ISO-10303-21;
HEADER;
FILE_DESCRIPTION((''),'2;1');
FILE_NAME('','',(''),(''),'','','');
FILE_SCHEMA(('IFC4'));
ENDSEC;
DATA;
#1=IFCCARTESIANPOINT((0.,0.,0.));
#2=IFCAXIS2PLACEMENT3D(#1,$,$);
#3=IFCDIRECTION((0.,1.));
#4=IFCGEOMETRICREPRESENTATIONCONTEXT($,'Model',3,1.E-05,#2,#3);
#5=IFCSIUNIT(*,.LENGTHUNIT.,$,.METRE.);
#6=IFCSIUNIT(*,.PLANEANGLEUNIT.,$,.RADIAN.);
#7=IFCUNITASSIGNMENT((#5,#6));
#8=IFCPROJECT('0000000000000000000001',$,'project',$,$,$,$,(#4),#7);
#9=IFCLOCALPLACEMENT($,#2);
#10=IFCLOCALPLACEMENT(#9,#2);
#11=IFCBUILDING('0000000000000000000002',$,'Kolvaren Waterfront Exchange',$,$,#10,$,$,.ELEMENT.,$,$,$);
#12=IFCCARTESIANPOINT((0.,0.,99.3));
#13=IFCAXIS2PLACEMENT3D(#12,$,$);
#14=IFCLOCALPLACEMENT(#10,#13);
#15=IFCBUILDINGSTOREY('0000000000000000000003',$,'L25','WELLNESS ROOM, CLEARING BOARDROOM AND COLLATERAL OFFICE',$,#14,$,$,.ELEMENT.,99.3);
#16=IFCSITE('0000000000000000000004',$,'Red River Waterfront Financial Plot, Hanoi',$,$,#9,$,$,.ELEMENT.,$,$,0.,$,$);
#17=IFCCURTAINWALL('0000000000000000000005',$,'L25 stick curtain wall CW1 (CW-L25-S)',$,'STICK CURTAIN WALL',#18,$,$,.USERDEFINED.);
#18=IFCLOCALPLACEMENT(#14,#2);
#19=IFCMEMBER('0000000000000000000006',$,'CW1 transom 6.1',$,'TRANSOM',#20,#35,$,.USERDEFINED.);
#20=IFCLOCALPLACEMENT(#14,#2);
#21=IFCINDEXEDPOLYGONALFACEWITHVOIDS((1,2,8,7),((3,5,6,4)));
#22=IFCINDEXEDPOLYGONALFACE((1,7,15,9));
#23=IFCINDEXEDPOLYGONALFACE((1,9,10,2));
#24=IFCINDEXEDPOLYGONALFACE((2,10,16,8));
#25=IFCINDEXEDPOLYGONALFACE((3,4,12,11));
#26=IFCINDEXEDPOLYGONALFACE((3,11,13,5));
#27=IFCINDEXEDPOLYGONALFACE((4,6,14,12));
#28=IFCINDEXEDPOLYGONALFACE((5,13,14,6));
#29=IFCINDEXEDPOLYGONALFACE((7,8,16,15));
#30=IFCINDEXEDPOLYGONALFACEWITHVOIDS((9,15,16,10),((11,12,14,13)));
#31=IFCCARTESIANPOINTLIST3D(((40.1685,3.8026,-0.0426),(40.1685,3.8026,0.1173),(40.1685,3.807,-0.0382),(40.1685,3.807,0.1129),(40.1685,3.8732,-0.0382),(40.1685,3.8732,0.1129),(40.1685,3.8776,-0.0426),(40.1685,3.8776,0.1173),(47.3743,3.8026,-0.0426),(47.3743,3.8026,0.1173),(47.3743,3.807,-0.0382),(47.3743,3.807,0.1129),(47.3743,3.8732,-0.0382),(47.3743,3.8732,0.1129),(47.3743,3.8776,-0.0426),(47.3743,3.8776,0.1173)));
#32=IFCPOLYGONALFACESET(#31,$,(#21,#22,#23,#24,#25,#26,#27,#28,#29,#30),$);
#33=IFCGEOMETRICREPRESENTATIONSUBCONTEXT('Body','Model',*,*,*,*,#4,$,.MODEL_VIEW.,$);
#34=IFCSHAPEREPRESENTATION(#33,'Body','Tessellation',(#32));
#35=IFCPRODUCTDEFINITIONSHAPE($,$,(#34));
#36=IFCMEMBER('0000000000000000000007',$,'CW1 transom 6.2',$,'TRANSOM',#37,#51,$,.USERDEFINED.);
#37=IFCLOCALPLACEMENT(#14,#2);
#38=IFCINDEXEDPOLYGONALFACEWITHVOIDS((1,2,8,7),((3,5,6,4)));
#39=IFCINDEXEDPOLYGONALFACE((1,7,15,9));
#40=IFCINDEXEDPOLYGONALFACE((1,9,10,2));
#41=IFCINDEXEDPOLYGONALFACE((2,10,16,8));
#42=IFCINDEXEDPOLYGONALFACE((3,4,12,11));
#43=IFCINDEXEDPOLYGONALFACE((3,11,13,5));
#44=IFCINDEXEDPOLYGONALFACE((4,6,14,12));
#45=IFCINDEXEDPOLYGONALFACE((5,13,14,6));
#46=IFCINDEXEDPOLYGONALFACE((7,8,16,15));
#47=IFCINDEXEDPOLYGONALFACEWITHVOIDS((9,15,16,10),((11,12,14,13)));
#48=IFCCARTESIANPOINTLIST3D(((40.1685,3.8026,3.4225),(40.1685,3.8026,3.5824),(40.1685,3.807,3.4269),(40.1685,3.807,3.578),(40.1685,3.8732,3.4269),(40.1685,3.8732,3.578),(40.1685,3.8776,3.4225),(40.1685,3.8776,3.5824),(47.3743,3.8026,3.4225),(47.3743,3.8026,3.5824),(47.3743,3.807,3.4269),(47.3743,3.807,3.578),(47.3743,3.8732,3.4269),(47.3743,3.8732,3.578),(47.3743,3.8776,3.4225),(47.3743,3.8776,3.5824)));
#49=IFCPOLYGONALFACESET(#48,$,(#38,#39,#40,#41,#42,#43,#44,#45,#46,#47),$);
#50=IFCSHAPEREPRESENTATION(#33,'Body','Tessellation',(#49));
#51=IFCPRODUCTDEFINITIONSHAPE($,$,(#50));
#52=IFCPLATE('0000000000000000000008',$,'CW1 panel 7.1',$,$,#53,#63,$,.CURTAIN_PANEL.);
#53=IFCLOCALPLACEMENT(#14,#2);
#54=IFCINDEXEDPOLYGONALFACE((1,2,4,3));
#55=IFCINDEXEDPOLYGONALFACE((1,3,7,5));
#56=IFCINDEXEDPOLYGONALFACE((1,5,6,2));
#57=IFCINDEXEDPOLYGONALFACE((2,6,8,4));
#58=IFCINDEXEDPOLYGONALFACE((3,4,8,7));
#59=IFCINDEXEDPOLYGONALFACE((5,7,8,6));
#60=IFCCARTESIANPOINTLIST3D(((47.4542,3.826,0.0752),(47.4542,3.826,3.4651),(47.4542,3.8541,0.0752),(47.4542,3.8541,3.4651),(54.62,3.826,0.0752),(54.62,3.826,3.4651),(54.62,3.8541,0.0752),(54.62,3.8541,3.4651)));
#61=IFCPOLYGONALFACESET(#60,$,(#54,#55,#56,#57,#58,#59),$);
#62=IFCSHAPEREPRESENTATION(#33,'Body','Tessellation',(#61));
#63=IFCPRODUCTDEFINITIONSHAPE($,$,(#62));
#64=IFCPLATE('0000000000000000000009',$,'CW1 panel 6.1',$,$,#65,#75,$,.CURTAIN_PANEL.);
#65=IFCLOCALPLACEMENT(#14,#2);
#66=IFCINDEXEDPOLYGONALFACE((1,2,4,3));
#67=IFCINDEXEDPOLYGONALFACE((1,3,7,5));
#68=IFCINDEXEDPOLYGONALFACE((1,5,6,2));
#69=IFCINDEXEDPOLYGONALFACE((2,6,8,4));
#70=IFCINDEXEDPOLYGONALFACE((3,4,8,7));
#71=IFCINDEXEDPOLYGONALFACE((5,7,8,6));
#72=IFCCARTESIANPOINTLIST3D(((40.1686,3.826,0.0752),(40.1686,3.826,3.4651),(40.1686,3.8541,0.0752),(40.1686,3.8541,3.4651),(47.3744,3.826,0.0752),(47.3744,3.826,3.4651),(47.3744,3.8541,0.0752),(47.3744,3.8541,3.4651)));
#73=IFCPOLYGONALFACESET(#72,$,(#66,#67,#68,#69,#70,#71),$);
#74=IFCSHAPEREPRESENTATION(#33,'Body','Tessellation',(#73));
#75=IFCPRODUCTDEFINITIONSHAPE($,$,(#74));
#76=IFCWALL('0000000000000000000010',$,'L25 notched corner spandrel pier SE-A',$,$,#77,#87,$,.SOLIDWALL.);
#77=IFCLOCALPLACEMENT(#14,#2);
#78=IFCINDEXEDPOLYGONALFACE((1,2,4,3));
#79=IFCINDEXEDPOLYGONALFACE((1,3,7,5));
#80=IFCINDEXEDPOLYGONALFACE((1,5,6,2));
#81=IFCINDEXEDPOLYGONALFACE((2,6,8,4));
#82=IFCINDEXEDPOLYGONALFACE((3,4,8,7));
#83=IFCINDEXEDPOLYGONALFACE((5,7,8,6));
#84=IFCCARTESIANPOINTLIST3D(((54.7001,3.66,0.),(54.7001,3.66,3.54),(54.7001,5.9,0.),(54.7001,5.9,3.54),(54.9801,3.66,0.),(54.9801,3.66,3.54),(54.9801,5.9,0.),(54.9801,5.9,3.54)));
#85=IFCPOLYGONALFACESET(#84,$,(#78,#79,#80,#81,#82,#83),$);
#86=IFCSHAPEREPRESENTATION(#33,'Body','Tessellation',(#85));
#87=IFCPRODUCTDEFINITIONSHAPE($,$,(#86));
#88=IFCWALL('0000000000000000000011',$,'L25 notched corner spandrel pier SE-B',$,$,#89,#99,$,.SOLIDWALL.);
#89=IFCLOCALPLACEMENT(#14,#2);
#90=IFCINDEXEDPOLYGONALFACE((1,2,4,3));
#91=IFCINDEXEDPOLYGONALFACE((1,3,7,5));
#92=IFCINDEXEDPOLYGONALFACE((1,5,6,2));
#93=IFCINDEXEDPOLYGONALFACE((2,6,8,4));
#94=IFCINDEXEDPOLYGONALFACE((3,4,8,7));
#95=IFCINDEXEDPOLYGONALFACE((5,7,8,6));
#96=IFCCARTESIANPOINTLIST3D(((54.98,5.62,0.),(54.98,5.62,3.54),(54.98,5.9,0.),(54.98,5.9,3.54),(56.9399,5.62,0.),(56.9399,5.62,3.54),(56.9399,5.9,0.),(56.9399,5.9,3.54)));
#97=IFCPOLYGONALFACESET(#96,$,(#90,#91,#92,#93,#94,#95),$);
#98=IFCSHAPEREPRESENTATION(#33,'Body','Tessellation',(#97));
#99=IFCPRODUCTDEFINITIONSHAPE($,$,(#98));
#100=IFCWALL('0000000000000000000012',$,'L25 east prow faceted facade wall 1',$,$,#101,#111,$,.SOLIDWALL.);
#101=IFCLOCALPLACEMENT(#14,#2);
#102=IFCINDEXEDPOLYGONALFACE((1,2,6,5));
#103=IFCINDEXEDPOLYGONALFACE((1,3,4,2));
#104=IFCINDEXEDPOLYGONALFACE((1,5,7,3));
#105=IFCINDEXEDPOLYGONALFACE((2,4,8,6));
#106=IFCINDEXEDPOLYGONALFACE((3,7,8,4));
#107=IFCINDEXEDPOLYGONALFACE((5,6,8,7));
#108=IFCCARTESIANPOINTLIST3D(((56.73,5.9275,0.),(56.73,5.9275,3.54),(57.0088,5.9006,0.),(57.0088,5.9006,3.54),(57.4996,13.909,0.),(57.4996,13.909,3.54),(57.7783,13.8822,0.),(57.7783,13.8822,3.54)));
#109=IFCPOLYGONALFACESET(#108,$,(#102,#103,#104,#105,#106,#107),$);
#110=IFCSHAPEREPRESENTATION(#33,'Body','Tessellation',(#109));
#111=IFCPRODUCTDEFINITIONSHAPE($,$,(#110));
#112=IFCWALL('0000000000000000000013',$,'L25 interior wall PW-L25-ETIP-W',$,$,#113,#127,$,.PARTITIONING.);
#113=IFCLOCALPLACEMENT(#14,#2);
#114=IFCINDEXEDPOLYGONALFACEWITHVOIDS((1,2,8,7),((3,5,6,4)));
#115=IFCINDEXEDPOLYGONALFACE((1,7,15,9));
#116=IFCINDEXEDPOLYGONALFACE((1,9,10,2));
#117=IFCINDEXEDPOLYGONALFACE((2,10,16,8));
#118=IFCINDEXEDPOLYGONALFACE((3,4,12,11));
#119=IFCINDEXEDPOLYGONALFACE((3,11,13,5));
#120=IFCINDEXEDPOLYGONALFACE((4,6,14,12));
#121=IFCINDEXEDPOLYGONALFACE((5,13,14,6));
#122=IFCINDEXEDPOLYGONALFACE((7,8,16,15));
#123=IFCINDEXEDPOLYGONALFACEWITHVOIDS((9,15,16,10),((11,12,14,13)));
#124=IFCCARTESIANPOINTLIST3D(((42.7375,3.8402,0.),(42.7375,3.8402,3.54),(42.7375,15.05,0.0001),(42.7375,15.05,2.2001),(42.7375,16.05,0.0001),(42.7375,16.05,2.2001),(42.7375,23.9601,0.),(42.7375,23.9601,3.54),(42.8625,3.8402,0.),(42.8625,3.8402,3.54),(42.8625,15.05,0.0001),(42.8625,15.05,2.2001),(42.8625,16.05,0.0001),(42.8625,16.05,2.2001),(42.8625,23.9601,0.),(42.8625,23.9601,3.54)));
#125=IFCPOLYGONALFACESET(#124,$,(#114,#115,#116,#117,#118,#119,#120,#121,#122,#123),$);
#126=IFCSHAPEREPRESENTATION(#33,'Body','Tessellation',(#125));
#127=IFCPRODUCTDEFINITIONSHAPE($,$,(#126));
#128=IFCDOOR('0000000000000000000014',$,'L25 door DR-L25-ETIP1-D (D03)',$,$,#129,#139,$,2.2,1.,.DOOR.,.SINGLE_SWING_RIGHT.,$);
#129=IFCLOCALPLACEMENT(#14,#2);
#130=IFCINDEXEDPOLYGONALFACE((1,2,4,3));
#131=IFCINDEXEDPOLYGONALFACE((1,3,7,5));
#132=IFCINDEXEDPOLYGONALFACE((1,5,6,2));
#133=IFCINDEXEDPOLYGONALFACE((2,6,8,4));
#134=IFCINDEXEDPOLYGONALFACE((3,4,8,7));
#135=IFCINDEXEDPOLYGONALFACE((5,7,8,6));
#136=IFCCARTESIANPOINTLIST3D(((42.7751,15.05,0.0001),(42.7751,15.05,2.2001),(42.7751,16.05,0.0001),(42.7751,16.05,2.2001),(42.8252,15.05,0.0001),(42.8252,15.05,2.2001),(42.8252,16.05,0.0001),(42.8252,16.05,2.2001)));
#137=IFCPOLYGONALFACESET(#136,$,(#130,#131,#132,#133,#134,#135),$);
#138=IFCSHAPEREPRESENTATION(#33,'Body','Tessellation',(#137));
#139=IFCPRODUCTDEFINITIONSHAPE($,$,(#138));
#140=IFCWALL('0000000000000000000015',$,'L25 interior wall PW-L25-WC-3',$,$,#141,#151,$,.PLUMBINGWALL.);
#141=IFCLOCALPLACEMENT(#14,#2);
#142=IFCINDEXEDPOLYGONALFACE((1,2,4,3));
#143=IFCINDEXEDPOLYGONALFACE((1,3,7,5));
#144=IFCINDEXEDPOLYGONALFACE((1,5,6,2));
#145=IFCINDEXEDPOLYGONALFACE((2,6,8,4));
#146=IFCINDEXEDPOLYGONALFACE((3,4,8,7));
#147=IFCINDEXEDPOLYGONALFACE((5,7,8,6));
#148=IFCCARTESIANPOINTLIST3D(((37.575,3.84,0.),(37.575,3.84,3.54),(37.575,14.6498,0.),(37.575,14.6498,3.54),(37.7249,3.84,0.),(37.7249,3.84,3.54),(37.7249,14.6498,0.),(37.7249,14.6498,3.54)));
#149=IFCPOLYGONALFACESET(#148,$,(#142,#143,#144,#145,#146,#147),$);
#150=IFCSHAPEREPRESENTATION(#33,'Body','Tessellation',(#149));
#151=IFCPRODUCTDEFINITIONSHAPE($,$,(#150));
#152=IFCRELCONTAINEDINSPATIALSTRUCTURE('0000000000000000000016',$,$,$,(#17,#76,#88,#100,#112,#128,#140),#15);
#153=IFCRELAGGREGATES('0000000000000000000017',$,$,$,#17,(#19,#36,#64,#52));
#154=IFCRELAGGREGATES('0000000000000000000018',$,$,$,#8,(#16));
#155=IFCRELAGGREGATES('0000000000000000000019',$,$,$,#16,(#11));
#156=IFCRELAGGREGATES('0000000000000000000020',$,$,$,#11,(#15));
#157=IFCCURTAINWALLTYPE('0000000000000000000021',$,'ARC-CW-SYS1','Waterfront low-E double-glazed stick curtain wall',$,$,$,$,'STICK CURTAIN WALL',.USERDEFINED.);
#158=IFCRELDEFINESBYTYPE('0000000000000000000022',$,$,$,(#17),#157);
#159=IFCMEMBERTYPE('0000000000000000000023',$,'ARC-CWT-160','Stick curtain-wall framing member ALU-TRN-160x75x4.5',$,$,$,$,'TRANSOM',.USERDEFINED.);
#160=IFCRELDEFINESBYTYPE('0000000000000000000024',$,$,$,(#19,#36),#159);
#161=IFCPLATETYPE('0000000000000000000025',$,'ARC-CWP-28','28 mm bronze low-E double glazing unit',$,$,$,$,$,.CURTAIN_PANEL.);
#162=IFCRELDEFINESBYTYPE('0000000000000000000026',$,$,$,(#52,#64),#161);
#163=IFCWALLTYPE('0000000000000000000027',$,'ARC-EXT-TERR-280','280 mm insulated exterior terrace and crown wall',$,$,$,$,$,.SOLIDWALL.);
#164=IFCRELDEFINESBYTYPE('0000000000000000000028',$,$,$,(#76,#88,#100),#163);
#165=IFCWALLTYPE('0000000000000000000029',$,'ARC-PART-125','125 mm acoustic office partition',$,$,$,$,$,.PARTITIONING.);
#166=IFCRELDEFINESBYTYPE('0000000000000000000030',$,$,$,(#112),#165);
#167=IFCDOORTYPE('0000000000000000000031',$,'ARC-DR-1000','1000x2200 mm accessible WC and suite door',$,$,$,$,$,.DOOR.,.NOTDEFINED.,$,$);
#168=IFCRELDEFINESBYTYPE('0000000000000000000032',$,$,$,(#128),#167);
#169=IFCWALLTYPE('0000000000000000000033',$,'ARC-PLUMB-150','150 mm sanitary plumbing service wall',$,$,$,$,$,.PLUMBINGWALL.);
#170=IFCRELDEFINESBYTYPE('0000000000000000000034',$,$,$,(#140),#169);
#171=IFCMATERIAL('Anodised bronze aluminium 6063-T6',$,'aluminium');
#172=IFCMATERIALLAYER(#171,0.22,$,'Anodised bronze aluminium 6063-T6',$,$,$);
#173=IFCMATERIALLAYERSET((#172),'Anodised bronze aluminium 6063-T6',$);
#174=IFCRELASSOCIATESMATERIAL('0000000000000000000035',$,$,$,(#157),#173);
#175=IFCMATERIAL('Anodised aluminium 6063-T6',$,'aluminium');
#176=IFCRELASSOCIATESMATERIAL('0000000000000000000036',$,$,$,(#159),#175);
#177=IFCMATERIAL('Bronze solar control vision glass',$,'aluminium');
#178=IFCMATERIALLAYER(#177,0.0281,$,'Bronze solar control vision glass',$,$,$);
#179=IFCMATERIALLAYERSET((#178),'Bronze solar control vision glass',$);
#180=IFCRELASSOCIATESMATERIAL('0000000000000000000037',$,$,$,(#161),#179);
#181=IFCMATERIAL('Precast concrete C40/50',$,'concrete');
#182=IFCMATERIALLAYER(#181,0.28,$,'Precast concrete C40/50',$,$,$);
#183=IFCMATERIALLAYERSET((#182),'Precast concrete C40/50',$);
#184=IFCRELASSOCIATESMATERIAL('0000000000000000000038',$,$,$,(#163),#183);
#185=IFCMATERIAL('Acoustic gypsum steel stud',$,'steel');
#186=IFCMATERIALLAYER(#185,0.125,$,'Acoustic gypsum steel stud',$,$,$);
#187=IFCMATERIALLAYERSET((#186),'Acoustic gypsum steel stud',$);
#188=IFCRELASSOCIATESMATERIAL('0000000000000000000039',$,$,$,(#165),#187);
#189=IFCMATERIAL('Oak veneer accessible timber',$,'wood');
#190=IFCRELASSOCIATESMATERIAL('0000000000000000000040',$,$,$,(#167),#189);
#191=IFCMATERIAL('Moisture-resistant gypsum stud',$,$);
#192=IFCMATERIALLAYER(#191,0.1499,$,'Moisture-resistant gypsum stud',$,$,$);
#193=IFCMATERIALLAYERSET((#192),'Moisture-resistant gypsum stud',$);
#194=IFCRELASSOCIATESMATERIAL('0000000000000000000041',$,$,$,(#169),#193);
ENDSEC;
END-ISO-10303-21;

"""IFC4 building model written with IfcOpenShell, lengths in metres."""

from ifc_helpers import new_model, si_unit, direction, frame, frame_2d, origin, origin_with_axes, origin_2d, place, context, subcontext, project, spatial, rectangle, hollow_rectangle, extrude, source, transform, mapped, material, layer, layer_set, material_profile, profile_set, type_object, element, fill, aggregate, save


model = new_model("IFC4")

# Units and contexts
model_context = context("Model", 3, precision=1e-05, world=origin(), true_north=direction((0.0, 1.0)))
body_context = subcontext(model_context, "Body", "Model", "MODEL_VIEW")
ifc_project = project(units=[si_unit("LENGTHUNIT", "METRE"), si_unit("PLANEANGLEUNIT", "RADIAN")], contexts=[model_context])

# Site, building, storey
site_placement = place(None, origin())
site = spatial("IfcSite", under=ifc_project, at=site_placement, Name="Red River Waterfront Financial Plot, Hanoi", CompositionType="ELEMENT", RefElevation=0.0)
building_placement = place(site_placement, origin())
building = spatial("IfcBuilding", under=site, at=building_placement, Name="Kolvaren Waterfront Exchange", CompositionType="ELEMENT")
storey_placement = place(building_placement, frame((0.0, 0.0, 99.3)))
storey = spatial("IfcBuildingStorey", under=building, at=storey_placement, Name="L25", Description="WELLNESS ROOM, CLEARING BOARDROOM AND COLLATERAL OFFICE", CompositionType="ELEMENT", Elevation=99.3)

# Curtain wall, members, plates
ifc_material_1 = material(Name="Anodised bronze aluminium 6063-T6", Category="aluminium")
ifc_layer_1 = layer(ifc_material_1, 0.22, Name="Anodised bronze aluminium 6063-T6")
ifc_layer_set_1 = layer_set([ifc_layer_1], Name="Anodised bronze aluminium 6063-T6")
curtain_wall_type = type_object("IfcCurtainWallType", Name="ARC-CW-SYS1", Description="Waterfront low-E double-glazed stick curtain wall", ElementType="STICK CURTAIN WALL", PredefinedType="USERDEFINED", material=ifc_layer_set_1)
curtain_wall_placement = place(storey_placement, origin())
curtain_wall = element("IfcCurtainWall", 1, at=curtain_wall_placement, inside=storey, type_object=curtain_wall_type, Name="L25 stick curtain wall CW1 (CW-L25-S)", ObjectType="STICK CURTAIN WALL", PredefinedType="USERDEFINED")
ifc_material_2 = material(Name="Anodised aluminium 6063-T6", Category="aluminium")
ifc_material_profile_1 = material_profile(ifc_material_2, hollow_rectangle(XDim=0.075, YDim=0.1599, WallThickness=0.0044, at=origin_2d()), Name="ALU-TRN-160x75x4.5")
ifc_profile_set_1 = profile_set([ifc_material_profile_1], Name="Anodised aluminium 6063-T6")
member_type_1 = type_object("IfcMemberType", Name="ARC-CWT-160", Description="Stick curtain-wall framing member ALU-TRN-160x75x4.5", ElementType="TRANSOM", PredefinedType="USERDEFINED", material=ifc_profile_set_1)
shared_shape_1 = source(origin_with_axes(), body_context, "Body", "SweptSolid", [
    extrude(hollow_rectangle(XDim=0.075, YDim=0.1599, WallThickness=0.0044, at=origin_2d()), origin(), (0.0, 0.0, 1.0), 7.2058),
])
member_1_placement = place(storey_placement, frame((40.1685, 3.8401, 0.0374), z_axis=(1.0, 0.0, 0.0), x_axis=(0.0, 1.0, 0.0)))
member_1 = element("IfcMember", 2, at=member_1_placement, type_object=member_type_1, Name="CW1 transom 6.1", ObjectType="TRANSOM", PredefinedType="USERDEFINED", context=body_context, shape_type="MappedRepresentation", body=[
    mapped(shared_shape_1, transform((0.0, 0.0, 0.0), x_axis=(1.0, 0.0, 0.0), y_axis=(0.0, 1.0, 0.0), z_axis=(0.0, 0.0, 1.0), scale=1.0)),
])
member_2_placement = place(storey_placement, frame((40.1685, 3.8401, 3.5024), z_axis=(1.0, 0.0, 0.0), x_axis=(0.0, 1.0, 0.0)))
member_2 = element("IfcMember", 3, at=member_2_placement, type_object=member_type_1, Name="CW1 transom 6.2", ObjectType="TRANSOM", PredefinedType="USERDEFINED", context=body_context, shape_type="MappedRepresentation", body=[
    mapped(shared_shape_1, transform((0.0, 0.0, 0.0), x_axis=(1.0, 0.0, 0.0), y_axis=(0.0, 1.0, 0.0), z_axis=(0.0, 0.0, 1.0), scale=1.0)),
])
ifc_material_3 = material(Name="Bronze solar control vision glass", Category="aluminium")
ifc_layer_2 = layer(ifc_material_3, 0.0281, Name="Bronze solar control vision glass")
ifc_layer_set_2 = layer_set([ifc_layer_2], Name="Bronze solar control vision glass")
plate_type = type_object("IfcPlateType", Name="ARC-CWP-28", Description="28 mm bronze low-E double glazing unit", PredefinedType="CURTAIN_PANEL", material=ifc_layer_set_2)
shared_shape_2 = source(origin_with_axes(), body_context, "Body", "SweptSolid", [
    extrude(rectangle(XDim=7.1658, YDim=0.0281, at=origin_2d()), origin(), (0.0, 0.0, 1.0), 3.3899),
])
plate_1_placement = place(storey_placement, frame((51.0371, 3.8401, 0.0752), z_axis=(0.0, 0.0, 1.0), x_axis=(1.0, 0.0, 0.0)))
plate_1 = element("IfcPlate", 4, at=plate_1_placement, type_object=plate_type, Name="CW1 panel 7.1", PredefinedType="CURTAIN_PANEL", context=body_context, shape_type="MappedRepresentation", body=[
    mapped(shared_shape_2, transform((0.0, 0.0, 0.0), x_axis=(1.0, 0.0, 0.0), y_axis=(0.0, 1.0, 0.0), z_axis=(0.0, 0.0, 1.0), scale=1.0)),
])
shared_shape_3 = source(origin_with_axes(), body_context, "Body", "SweptSolid", [
    extrude(rectangle(XDim=7.2058, YDim=0.0281, at=origin_2d()), origin(), (0.0, 0.0, 1.0), 3.3899),
])
plate_2_placement = place(storey_placement, frame((43.7715, 3.8401, 0.0752), z_axis=(0.0, 0.0, 1.0), x_axis=(1.0, 0.0, 0.0)))
plate_2 = element("IfcPlate", 5, at=plate_2_placement, type_object=plate_type, Name="CW1 panel 6.1", PredefinedType="CURTAIN_PANEL", context=body_context, shape_type="MappedRepresentation", body=[
    mapped(shared_shape_3, transform((0.0, 0.0, 0.0), x_axis=(1.0, 0.0, 0.0), y_axis=(0.0, 1.0, 0.0), z_axis=(0.0, 0.0, 1.0), scale=1.0)),
])
aggregate(curtain_wall, [member_1, member_2, plate_2, plate_1])

# Walls
ifc_material_4 = material(Name="Precast concrete C40/50", Category="concrete")
ifc_layer_3 = layer(ifc_material_4, 0.28, Name="Precast concrete C40/50")
ifc_layer_set_3 = layer_set([ifc_layer_3], Name="Precast concrete C40/50")
wall_type_1 = type_object("IfcWallType", Name="ARC-EXT-TERR-280", Description="280 mm insulated exterior terrace and crown wall", PredefinedType="SOLIDWALL", material=ifc_layer_set_3)
wall_1_placement = place(storey_placement, frame((54.8401, 3.6599, 0.0), z_axis=(0.0, 0.0, 1.0), x_axis=(0.0, 1.0, 0.0)))
element("IfcWall", 6, at=wall_1_placement, inside=storey, type_object=wall_type_1, Name="L25 notched corner spandrel pier SE-A", PredefinedType="SOLIDWALL", context=body_context, shape_type="SweptSolid", body=[
    extrude(rectangle(XDim=2.24, YDim=0.28, at=frame_2d((1.1201, 0.0))), origin(), (0.0, 0.0, 1.0), 3.54),
])
wall_2_placement = place(storey_placement, frame((54.98, 5.76, 0.0), z_axis=(0.0, 0.0, 1.0), x_axis=(1.0, 0.0, 0.0)))
element("IfcWall", 7, at=wall_2_placement, inside=storey, type_object=wall_type_1, Name="L25 notched corner spandrel pier SE-B", PredefinedType="SOLIDWALL", context=body_context, shape_type="SweptSolid", body=[
    extrude(rectangle(XDim=1.96, YDim=0.28, at=frame_2d((0.98, 0.0))), origin(), (0.0, 0.0, 1.0), 3.54),
])
wall_3_placement = place(storey_placement, frame((56.8694, 5.9141, 0.0), z_axis=(0.0, 0.0, 1.0), x_axis=(0.09597, 0.995384, 0.0)))
element("IfcWall", 8, at=wall_3_placement, inside=storey, type_object=wall_type_1, Name="L25 east prow faceted facade wall 1", PredefinedType="SOLIDWALL", context=body_context, shape_type="SweptSolid", body=[
    extrude(rectangle(XDim=8.0186, YDim=0.28, at=frame_2d((4.0093, 0.0))), origin(), (0.0, 0.0, 1.0), 3.54),
])

# Wall, opening, door
ifc_material_5 = material(Name="Acoustic gypsum steel stud", Category="steel")
ifc_layer_4 = layer(ifc_material_5, 0.125, Name="Acoustic gypsum steel stud")
ifc_layer_set_4 = layer_set([ifc_layer_4], Name="Acoustic gypsum steel stud")
wall_type_2 = type_object("IfcWallType", Name="ARC-PART-125", Description="125 mm acoustic office partition", PredefinedType="PARTITIONING", material=ifc_layer_set_4)
wall_4_placement = place(storey_placement, frame((42.8, 3.8401, 0.0), z_axis=(0.0, 0.0, 1.0), x_axis=(0.0, 1.0, 0.0)))
wall_4 = element("IfcWall", 9, at=wall_4_placement, inside=storey, type_object=wall_type_2, Name="L25 interior wall PW-L25-ETIP-W", PredefinedType="PARTITIONING", context=body_context, shape_type="SweptSolid", body=[
    extrude(rectangle(XDim=20.1199, YDim=0.125, at=frame_2d((10.0601, 0.0))), origin(), (0.0, 0.0, 1.0), 3.54),
])
opening_placement = place(wall_4_placement, frame((11.21, 0.0, 0.0)))
opening = element("IfcOpeningElement", 10, at=opening_placement, cuts=wall_4, PredefinedType="OPENING", context=body_context, shape_type="SweptSolid", body=[
    extrude(rectangle(XDim=1.0, YDim=2.2, at=frame_2d((0.5, 1.1001))), frame((0.0, 0.0725, 0.0), z_axis=(0.0, -1.0, 0.0), x_axis=(1.0, 0.0, 0.0)), (0.0, 0.0, 1.0), 0.145),
])
ifc_material_6 = material(Name="Oak veneer accessible timber", Category="wood")
door_type = type_object("IfcDoorType", Name="ARC-DR-1000", Description="1000x2200 mm accessible WC and suite door", OperationType="NOTDEFINED", PredefinedType="DOOR", material=ifc_material_6)
door_placement = place(opening_placement, origin())
door = element("IfcDoor", 11, at=door_placement, inside=storey, type_object=door_type, Name="L25 door DR-L25-ETIP1-D (D03)", OperationType="SINGLE_SWING_RIGHT", OverallHeight=2.2, OverallWidth=1.0, PredefinedType="DOOR", context=body_context, shape_type="SweptSolid", body=[
    extrude(rectangle(XDim=1.0, YDim=2.2, at=frame_2d((0.5, 1.1001))), frame((0.0, 0.0249, 0.0), z_axis=(0.0, -1.0, 0.0), x_axis=(1.0, 0.0, 0.0)), (0.0, 0.0, 1.0), 0.05),
])
fill(opening, door)

# Wall
ifc_material_7 = material(Name="Moisture-resistant gypsum stud")
ifc_layer_5 = layer(ifc_material_7, 0.1499, Name="Moisture-resistant gypsum stud")
ifc_layer_set_5 = layer_set([ifc_layer_5], Name="Moisture-resistant gypsum stud")
wall_type_3 = type_object("IfcWallType", Name="ARC-PLUMB-150", Description="150 mm sanitary plumbing service wall", PredefinedType="PLUMBINGWALL", material=ifc_layer_set_5)
wall_5_placement = place(storey_placement, frame((37.6499, 3.8401, 0.0), z_axis=(0.0, 0.0, 1.0), x_axis=(0.0, 1.0, 0.0)))
element("IfcWall", 12, at=wall_5_placement, inside=storey, type_object=wall_type_3, Name="L25 interior wall PW-L25-WC-3", PredefinedType="PLUMBINGWALL", context=body_context, shape_type="SweptSolid", body=[
    extrude(rectangle(XDim=10.8098, YDim=0.1499, at=frame_2d((5.4048, 0.0))), origin(), (0.0, 0.0, 1.0), 3.54),
])

save(model, "model.ifc")
